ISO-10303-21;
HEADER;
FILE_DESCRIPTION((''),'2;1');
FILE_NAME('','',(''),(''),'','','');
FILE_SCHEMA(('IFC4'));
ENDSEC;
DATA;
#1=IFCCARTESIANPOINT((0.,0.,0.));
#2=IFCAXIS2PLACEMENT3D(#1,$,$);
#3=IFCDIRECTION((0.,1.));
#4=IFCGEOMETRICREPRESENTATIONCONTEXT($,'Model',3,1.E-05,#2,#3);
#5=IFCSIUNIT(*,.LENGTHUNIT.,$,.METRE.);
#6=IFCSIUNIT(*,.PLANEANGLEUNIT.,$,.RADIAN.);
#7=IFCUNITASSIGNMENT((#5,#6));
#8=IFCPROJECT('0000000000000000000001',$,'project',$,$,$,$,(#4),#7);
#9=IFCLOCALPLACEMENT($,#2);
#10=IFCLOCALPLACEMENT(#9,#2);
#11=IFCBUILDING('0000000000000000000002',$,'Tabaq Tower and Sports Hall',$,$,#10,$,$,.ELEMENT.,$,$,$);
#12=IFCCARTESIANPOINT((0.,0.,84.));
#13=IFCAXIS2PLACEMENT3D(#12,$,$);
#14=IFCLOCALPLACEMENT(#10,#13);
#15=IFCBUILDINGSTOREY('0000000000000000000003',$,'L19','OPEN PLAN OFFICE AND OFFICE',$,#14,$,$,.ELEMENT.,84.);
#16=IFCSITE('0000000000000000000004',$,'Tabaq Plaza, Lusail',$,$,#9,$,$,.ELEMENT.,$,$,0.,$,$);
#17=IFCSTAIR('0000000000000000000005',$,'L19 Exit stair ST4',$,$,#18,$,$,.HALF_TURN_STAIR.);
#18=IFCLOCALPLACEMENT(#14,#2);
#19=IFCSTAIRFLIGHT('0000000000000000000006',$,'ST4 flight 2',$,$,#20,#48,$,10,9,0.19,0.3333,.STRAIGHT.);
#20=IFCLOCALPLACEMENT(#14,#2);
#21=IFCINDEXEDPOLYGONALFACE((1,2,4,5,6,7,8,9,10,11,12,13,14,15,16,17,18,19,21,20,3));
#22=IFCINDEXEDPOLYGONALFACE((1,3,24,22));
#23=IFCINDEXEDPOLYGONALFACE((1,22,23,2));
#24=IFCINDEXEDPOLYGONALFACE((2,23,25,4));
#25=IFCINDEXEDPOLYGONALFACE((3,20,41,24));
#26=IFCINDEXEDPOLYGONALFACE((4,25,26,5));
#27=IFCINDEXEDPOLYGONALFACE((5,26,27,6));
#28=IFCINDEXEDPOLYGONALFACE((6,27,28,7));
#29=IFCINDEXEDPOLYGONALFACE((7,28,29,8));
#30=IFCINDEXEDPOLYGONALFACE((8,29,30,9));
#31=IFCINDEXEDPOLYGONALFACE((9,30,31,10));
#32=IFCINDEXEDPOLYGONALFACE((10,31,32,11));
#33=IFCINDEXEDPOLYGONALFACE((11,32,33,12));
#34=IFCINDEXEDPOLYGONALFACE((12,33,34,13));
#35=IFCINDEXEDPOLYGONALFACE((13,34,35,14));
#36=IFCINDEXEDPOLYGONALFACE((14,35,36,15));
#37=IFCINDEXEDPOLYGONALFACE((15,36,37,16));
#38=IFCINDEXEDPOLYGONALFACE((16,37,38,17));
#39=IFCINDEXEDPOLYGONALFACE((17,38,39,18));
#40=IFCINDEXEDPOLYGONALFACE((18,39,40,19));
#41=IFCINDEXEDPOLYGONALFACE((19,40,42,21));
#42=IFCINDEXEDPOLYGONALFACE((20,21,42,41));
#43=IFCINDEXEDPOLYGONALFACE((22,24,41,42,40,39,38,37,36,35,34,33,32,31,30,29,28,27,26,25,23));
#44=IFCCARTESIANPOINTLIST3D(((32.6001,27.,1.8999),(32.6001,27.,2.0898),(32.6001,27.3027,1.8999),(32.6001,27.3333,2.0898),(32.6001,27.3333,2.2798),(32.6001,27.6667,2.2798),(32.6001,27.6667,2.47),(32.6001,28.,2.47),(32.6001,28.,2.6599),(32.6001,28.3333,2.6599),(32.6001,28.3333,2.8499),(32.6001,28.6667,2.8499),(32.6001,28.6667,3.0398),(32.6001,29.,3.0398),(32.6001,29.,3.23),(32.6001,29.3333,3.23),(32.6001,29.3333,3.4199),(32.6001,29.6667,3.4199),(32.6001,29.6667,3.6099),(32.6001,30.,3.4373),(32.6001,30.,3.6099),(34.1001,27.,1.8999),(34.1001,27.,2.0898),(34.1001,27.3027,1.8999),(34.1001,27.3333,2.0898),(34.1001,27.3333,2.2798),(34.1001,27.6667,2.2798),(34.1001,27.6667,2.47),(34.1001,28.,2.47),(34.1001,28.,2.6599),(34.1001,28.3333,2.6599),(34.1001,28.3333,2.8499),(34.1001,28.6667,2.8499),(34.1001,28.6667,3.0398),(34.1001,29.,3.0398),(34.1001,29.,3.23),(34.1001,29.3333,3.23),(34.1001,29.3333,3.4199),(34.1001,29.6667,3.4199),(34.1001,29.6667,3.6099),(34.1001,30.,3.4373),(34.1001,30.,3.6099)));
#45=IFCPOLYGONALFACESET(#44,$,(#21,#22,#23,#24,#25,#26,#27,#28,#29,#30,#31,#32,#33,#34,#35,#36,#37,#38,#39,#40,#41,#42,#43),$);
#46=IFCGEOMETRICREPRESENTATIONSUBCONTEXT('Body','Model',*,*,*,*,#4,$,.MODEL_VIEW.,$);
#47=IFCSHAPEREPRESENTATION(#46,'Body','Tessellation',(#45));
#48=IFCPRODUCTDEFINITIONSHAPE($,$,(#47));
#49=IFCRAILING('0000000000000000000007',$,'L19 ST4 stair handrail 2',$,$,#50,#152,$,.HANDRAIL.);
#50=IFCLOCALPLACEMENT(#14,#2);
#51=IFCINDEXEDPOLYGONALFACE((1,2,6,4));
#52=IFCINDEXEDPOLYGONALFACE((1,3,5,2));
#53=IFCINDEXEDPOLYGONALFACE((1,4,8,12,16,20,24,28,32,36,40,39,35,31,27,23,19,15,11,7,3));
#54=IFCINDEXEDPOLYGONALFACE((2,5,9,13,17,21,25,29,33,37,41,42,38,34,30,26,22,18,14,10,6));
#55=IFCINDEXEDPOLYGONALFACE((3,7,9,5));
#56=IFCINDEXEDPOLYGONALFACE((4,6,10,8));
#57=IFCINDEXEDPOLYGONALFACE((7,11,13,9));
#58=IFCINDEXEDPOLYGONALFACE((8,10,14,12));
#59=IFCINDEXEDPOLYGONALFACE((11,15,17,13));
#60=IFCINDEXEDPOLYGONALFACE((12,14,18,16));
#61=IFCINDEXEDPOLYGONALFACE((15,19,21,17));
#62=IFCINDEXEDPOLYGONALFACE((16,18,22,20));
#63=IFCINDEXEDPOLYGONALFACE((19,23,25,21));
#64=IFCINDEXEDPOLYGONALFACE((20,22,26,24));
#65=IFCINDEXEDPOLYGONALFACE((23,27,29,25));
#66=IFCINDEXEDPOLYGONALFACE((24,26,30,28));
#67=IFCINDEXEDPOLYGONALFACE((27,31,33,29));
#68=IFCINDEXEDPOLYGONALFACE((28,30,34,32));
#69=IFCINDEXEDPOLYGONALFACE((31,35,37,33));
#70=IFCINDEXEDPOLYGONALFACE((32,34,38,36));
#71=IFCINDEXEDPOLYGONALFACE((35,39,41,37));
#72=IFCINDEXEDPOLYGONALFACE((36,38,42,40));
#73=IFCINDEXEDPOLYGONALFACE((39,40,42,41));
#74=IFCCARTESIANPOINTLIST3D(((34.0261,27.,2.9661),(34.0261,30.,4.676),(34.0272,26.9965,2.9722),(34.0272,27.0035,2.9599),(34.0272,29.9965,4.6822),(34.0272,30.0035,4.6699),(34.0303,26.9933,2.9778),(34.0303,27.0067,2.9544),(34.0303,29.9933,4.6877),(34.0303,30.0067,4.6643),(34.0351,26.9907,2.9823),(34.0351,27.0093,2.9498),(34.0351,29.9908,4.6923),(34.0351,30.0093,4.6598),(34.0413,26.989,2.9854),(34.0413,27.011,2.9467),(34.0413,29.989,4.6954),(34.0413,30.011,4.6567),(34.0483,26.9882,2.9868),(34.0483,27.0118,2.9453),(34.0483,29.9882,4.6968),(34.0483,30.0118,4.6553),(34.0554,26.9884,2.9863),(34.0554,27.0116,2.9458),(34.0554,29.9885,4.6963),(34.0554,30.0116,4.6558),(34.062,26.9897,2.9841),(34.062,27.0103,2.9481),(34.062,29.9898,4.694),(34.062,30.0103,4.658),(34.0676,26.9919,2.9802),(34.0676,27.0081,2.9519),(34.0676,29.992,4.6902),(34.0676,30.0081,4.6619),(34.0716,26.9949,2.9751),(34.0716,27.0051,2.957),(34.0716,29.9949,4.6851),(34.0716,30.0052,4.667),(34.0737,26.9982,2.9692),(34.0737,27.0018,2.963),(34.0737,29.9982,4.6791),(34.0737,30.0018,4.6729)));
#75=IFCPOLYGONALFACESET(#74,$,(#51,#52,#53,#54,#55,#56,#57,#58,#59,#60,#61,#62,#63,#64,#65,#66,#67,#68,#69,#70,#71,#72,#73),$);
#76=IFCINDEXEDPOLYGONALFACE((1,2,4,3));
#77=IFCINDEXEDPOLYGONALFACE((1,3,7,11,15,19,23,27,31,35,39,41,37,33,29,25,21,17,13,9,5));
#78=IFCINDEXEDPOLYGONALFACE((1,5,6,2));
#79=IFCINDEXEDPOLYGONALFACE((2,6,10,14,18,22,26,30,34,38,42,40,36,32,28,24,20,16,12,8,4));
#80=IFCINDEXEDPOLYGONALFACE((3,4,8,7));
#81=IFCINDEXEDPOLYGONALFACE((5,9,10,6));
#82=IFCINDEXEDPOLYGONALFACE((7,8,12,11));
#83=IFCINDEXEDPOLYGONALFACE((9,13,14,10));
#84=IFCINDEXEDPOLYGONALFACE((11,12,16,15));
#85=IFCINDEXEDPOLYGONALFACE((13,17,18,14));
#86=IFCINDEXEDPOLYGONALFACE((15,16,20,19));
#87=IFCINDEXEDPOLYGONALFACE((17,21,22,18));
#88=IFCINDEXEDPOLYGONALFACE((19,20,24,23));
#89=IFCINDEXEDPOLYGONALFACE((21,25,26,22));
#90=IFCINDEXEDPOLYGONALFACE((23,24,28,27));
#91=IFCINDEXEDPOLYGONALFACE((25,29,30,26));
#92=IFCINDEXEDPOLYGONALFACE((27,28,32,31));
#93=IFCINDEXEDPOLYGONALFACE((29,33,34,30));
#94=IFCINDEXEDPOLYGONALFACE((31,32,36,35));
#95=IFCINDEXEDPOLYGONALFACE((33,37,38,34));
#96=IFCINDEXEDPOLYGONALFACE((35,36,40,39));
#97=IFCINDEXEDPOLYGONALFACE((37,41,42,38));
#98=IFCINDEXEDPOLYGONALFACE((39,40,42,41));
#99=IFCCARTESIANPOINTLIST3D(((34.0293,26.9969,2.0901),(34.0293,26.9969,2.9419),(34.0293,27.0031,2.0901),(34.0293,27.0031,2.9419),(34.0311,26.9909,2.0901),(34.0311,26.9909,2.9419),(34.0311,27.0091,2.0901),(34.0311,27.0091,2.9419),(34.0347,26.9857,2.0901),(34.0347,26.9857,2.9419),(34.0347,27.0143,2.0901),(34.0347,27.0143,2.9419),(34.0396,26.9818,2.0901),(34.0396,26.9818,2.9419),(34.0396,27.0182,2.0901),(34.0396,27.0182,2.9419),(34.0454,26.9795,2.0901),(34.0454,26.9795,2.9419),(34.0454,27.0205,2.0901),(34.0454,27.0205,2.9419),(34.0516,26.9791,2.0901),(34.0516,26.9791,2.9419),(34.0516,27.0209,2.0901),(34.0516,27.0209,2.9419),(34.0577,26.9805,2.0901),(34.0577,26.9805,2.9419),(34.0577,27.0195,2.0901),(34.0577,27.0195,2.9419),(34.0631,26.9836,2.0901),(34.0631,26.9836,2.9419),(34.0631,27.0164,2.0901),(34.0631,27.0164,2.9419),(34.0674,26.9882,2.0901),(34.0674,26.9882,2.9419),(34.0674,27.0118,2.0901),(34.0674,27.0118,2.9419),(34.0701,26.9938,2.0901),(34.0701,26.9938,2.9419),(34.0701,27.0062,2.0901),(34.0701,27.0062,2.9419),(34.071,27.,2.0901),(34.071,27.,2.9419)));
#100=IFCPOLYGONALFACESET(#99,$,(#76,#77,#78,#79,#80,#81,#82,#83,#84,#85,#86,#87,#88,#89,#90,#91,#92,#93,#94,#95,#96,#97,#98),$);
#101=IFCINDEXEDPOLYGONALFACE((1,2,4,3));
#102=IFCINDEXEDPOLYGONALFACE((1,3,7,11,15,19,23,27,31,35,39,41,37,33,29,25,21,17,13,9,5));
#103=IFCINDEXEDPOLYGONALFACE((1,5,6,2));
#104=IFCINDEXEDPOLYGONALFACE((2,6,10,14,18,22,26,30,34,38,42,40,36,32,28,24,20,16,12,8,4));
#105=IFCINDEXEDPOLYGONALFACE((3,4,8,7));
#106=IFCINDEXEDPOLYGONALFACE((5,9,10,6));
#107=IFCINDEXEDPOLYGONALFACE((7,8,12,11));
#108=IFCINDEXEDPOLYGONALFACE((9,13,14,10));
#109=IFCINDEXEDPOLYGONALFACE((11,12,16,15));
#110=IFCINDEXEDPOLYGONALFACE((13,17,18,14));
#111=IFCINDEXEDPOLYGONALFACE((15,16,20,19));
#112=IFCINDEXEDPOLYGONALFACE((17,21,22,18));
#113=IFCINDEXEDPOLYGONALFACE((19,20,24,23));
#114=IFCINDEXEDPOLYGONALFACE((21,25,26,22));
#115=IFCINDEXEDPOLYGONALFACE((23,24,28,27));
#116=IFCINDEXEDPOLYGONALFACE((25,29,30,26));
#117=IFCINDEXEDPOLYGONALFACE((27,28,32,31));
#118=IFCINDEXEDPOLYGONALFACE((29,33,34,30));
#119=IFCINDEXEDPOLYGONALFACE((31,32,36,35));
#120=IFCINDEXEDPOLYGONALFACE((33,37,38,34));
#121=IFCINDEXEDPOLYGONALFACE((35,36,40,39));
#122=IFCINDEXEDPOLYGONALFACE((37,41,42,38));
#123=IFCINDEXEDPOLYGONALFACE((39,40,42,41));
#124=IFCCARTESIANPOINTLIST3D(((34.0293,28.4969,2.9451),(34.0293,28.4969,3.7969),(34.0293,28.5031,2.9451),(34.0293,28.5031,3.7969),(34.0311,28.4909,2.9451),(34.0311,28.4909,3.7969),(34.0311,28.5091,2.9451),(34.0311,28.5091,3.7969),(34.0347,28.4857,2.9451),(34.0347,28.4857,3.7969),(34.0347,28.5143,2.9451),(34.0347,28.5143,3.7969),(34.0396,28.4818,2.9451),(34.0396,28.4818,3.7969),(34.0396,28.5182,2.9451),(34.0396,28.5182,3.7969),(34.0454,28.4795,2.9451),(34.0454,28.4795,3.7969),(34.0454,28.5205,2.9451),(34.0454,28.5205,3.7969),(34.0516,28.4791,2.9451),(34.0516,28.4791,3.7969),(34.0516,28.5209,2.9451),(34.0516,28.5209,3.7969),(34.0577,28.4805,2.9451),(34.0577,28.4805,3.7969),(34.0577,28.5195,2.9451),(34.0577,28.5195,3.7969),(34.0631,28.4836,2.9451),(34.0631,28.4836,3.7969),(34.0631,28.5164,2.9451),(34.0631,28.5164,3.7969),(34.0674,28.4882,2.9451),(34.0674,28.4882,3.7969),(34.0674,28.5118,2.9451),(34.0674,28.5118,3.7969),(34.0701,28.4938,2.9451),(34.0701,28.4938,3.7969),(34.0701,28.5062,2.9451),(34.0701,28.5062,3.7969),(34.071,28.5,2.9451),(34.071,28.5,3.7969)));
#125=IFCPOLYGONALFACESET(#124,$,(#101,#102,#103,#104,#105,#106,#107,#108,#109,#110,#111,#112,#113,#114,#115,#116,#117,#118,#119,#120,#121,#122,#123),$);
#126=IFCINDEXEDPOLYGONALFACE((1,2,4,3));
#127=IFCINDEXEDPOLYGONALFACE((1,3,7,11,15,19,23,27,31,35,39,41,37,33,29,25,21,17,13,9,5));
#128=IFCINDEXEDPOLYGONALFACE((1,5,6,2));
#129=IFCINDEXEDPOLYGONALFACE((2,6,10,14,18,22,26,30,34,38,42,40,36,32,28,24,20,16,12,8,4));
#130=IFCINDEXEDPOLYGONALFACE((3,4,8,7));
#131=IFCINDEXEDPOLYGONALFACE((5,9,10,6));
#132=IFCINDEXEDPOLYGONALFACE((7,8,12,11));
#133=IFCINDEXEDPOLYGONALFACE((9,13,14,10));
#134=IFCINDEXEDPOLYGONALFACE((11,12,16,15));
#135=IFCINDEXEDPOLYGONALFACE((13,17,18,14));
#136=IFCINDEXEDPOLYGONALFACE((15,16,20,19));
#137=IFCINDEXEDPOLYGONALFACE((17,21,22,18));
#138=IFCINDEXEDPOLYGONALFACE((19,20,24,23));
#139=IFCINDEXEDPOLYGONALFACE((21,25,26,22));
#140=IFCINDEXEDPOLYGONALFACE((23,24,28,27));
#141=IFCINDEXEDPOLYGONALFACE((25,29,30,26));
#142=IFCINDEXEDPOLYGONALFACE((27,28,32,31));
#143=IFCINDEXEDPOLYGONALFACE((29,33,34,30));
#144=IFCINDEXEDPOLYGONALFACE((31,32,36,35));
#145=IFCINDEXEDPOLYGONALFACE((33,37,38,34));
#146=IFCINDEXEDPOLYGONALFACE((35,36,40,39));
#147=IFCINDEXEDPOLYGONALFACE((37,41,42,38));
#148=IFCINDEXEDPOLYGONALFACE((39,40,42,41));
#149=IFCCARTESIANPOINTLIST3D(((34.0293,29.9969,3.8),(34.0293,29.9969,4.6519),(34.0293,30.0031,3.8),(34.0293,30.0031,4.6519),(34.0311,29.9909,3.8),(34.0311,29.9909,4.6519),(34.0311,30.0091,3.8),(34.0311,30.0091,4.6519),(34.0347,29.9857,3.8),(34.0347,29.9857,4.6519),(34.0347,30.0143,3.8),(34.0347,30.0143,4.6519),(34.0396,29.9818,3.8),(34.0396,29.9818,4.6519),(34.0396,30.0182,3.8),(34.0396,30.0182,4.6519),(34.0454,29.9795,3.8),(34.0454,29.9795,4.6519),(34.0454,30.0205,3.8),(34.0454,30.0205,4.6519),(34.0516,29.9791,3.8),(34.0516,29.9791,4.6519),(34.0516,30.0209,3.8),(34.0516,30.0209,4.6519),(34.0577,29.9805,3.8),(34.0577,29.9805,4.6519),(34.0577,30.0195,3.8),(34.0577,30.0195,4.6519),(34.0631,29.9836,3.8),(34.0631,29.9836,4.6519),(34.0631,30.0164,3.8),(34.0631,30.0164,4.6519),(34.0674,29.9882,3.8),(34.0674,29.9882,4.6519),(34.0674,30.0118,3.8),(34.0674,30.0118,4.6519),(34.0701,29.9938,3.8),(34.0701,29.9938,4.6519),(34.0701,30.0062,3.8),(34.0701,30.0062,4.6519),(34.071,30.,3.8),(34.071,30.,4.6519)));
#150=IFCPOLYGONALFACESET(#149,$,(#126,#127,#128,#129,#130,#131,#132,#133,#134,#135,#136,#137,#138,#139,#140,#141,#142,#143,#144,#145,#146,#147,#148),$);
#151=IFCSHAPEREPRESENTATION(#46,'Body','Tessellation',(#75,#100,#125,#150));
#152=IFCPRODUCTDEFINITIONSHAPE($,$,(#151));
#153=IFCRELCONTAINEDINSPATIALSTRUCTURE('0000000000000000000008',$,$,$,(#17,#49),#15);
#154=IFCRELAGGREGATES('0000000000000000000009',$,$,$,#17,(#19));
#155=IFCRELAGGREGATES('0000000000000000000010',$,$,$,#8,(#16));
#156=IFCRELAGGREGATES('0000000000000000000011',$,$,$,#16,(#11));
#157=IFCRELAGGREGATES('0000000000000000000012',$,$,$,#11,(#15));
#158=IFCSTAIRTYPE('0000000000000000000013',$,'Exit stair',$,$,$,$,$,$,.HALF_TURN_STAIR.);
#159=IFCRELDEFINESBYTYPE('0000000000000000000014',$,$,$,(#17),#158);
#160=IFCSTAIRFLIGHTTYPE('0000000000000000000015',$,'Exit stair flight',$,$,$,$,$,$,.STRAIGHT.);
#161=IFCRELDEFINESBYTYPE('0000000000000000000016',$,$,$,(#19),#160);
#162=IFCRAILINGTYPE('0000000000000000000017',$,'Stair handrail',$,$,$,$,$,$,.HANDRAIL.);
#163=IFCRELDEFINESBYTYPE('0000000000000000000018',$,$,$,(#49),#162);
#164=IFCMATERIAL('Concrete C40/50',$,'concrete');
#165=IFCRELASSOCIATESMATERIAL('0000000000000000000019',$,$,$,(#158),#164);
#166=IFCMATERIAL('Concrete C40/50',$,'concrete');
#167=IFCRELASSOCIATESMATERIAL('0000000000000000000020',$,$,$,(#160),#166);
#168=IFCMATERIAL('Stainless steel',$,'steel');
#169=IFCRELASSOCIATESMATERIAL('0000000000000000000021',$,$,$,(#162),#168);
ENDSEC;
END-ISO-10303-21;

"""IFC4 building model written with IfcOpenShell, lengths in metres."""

from ifc_helpers import new_model, si_unit, direction, frame, origin, origin_2d, place, context, subcontext, project, spatial, polyline, circle, outline, extrude, material, type_object, element, aggregate, save


model = new_model("IFC4")

# Units and contexts
model_context = context("Model", 3, precision=1e-05, world=origin(), true_north=direction((0.0, 1.0)))
body_context = subcontext(model_context, "Body", "Model", "MODEL_VIEW")
ifc_project = project(units=[si_unit("LENGTHUNIT", "METRE"), si_unit("PLANEANGLEUNIT", "RADIAN")], contexts=[model_context])

# Site, building, storey
site_placement = place(None, origin())
site = spatial("IfcSite", under=ifc_project, at=site_placement, Name="Tabaq Plaza, Lusail", CompositionType="ELEMENT", RefElevation=0.0)
building_placement = place(site_placement, origin())
building = spatial("IfcBuilding", under=site, at=building_placement, Name="Tabaq Tower and Sports Hall", CompositionType="ELEMENT")
storey_placement = place(building_placement, frame((0.0, 0.0, 84.0)))
storey = spatial("IfcBuildingStorey", under=building, at=storey_placement, Name="L19", Description="OPEN PLAN OFFICE AND OFFICE", CompositionType="ELEMENT", Elevation=84.0)

# Stair, stair flight
ifc_material_1 = material(Name="Concrete C40/50", Category="concrete")
stair_type = type_object("IfcStairType", Name="Exit stair", PredefinedType="HALF_TURN_STAIR", material=ifc_material_1)
stair_placement = place(storey_placement, origin())
stair = element("IfcStair", 1, at=stair_placement, inside=storey, type_object=stair_type, Name="L19 Exit stair ST4", PredefinedType="HALF_TURN_STAIR")
ifc_material_2 = material(Name="Concrete C40/50", Category="concrete")
stair_flight_type = type_object("IfcStairFlightType", Name="Exit stair flight", PredefinedType="STRAIGHT", material=ifc_material_2)
stair_flight_placement = place(storey_placement, frame((33.3501, 27.0, 1.8999), z_axis=(0.0, 0.0, 1.0), x_axis=(0.0, 1.0, 0.0)))
stair_flight = element("IfcStairFlight", 2, at=stair_flight_placement, type_object=stair_flight_type, Name="ST4 flight 2", NumberOfRisers=10, NumberOfTreads=9, PredefinedType="STRAIGHT", RiserHeight=0.19, TreadLength=0.3333, context=body_context, shape_type="SweptSolid", body=[
    extrude(outline(polyline([(0.0, 0.0), (0.0, 0.1899), (0.3333, 0.1899), (0.3333, 0.3799), (0.6667, 0.3799), (0.6667, 0.5701), (1.0, 0.5701), (1.0, 0.76), (1.3333, 0.76), (1.3333, 0.95), (1.6667, 0.95), (1.6667, 1.1399), (2.0, 1.1399), (2.0, 1.3301), (2.3333, 1.3301), (2.3333, 1.52), (2.6667, 1.52), (2.6667, 1.71), (3.0, 1.71), (3.0, 1.8999), (3.0, 1.5374), (0.3027, 0.0), (0.0, 0.0)])), frame((0.0, 0.75, 0.0), z_axis=(0.0, -1.0, 0.0), x_axis=(1.0, 0.0, 0.0)), (0.0, 0.0, 1.0), 1.5),
])
aggregate(stair, [stair_flight])

# Railing
ifc_material_3 = material(Name="Stainless steel", Category="steel")
railing_type = type_object("IfcRailingType", Name="Stair handrail", PredefinedType="HANDRAIL", material=ifc_material_3)
railing_placement = place(storey_placement, frame((34.05, 27.0, 2.0901)))
element("IfcRailing", 3, at=railing_placement, inside=storey, type_object=railing_type, Name="L19 ST4 stair handrail 2", PredefinedType="HANDRAIL", context=body_context, shape_type="SweptSolid", body=[
    extrude(circle(Radius=0.0239, at=origin_2d()), frame((0.0, 0.0, 0.876), z_axis=(0.0, 0.868782, 0.495195), x_axis=(-1.0, 0.0, 0.0)), (0.0, 0.0, 1.0), 3.4531),
    extrude(circle(Radius=0.021, at=origin_2d()), origin(), (0.0, 0.0, 1.0), 0.8518),
    extrude(circle(Radius=0.021, at=origin_2d()), frame((0.0, 1.5, 0.855)), (0.0, 0.0, 1.0), 0.8518),
    extrude(circle(Radius=0.021, at=origin_2d()), frame((0.0, 3.0, 1.71)), (0.0, 0.0, 1.0), 0.8518),
])

save(model, "model.ifc")
